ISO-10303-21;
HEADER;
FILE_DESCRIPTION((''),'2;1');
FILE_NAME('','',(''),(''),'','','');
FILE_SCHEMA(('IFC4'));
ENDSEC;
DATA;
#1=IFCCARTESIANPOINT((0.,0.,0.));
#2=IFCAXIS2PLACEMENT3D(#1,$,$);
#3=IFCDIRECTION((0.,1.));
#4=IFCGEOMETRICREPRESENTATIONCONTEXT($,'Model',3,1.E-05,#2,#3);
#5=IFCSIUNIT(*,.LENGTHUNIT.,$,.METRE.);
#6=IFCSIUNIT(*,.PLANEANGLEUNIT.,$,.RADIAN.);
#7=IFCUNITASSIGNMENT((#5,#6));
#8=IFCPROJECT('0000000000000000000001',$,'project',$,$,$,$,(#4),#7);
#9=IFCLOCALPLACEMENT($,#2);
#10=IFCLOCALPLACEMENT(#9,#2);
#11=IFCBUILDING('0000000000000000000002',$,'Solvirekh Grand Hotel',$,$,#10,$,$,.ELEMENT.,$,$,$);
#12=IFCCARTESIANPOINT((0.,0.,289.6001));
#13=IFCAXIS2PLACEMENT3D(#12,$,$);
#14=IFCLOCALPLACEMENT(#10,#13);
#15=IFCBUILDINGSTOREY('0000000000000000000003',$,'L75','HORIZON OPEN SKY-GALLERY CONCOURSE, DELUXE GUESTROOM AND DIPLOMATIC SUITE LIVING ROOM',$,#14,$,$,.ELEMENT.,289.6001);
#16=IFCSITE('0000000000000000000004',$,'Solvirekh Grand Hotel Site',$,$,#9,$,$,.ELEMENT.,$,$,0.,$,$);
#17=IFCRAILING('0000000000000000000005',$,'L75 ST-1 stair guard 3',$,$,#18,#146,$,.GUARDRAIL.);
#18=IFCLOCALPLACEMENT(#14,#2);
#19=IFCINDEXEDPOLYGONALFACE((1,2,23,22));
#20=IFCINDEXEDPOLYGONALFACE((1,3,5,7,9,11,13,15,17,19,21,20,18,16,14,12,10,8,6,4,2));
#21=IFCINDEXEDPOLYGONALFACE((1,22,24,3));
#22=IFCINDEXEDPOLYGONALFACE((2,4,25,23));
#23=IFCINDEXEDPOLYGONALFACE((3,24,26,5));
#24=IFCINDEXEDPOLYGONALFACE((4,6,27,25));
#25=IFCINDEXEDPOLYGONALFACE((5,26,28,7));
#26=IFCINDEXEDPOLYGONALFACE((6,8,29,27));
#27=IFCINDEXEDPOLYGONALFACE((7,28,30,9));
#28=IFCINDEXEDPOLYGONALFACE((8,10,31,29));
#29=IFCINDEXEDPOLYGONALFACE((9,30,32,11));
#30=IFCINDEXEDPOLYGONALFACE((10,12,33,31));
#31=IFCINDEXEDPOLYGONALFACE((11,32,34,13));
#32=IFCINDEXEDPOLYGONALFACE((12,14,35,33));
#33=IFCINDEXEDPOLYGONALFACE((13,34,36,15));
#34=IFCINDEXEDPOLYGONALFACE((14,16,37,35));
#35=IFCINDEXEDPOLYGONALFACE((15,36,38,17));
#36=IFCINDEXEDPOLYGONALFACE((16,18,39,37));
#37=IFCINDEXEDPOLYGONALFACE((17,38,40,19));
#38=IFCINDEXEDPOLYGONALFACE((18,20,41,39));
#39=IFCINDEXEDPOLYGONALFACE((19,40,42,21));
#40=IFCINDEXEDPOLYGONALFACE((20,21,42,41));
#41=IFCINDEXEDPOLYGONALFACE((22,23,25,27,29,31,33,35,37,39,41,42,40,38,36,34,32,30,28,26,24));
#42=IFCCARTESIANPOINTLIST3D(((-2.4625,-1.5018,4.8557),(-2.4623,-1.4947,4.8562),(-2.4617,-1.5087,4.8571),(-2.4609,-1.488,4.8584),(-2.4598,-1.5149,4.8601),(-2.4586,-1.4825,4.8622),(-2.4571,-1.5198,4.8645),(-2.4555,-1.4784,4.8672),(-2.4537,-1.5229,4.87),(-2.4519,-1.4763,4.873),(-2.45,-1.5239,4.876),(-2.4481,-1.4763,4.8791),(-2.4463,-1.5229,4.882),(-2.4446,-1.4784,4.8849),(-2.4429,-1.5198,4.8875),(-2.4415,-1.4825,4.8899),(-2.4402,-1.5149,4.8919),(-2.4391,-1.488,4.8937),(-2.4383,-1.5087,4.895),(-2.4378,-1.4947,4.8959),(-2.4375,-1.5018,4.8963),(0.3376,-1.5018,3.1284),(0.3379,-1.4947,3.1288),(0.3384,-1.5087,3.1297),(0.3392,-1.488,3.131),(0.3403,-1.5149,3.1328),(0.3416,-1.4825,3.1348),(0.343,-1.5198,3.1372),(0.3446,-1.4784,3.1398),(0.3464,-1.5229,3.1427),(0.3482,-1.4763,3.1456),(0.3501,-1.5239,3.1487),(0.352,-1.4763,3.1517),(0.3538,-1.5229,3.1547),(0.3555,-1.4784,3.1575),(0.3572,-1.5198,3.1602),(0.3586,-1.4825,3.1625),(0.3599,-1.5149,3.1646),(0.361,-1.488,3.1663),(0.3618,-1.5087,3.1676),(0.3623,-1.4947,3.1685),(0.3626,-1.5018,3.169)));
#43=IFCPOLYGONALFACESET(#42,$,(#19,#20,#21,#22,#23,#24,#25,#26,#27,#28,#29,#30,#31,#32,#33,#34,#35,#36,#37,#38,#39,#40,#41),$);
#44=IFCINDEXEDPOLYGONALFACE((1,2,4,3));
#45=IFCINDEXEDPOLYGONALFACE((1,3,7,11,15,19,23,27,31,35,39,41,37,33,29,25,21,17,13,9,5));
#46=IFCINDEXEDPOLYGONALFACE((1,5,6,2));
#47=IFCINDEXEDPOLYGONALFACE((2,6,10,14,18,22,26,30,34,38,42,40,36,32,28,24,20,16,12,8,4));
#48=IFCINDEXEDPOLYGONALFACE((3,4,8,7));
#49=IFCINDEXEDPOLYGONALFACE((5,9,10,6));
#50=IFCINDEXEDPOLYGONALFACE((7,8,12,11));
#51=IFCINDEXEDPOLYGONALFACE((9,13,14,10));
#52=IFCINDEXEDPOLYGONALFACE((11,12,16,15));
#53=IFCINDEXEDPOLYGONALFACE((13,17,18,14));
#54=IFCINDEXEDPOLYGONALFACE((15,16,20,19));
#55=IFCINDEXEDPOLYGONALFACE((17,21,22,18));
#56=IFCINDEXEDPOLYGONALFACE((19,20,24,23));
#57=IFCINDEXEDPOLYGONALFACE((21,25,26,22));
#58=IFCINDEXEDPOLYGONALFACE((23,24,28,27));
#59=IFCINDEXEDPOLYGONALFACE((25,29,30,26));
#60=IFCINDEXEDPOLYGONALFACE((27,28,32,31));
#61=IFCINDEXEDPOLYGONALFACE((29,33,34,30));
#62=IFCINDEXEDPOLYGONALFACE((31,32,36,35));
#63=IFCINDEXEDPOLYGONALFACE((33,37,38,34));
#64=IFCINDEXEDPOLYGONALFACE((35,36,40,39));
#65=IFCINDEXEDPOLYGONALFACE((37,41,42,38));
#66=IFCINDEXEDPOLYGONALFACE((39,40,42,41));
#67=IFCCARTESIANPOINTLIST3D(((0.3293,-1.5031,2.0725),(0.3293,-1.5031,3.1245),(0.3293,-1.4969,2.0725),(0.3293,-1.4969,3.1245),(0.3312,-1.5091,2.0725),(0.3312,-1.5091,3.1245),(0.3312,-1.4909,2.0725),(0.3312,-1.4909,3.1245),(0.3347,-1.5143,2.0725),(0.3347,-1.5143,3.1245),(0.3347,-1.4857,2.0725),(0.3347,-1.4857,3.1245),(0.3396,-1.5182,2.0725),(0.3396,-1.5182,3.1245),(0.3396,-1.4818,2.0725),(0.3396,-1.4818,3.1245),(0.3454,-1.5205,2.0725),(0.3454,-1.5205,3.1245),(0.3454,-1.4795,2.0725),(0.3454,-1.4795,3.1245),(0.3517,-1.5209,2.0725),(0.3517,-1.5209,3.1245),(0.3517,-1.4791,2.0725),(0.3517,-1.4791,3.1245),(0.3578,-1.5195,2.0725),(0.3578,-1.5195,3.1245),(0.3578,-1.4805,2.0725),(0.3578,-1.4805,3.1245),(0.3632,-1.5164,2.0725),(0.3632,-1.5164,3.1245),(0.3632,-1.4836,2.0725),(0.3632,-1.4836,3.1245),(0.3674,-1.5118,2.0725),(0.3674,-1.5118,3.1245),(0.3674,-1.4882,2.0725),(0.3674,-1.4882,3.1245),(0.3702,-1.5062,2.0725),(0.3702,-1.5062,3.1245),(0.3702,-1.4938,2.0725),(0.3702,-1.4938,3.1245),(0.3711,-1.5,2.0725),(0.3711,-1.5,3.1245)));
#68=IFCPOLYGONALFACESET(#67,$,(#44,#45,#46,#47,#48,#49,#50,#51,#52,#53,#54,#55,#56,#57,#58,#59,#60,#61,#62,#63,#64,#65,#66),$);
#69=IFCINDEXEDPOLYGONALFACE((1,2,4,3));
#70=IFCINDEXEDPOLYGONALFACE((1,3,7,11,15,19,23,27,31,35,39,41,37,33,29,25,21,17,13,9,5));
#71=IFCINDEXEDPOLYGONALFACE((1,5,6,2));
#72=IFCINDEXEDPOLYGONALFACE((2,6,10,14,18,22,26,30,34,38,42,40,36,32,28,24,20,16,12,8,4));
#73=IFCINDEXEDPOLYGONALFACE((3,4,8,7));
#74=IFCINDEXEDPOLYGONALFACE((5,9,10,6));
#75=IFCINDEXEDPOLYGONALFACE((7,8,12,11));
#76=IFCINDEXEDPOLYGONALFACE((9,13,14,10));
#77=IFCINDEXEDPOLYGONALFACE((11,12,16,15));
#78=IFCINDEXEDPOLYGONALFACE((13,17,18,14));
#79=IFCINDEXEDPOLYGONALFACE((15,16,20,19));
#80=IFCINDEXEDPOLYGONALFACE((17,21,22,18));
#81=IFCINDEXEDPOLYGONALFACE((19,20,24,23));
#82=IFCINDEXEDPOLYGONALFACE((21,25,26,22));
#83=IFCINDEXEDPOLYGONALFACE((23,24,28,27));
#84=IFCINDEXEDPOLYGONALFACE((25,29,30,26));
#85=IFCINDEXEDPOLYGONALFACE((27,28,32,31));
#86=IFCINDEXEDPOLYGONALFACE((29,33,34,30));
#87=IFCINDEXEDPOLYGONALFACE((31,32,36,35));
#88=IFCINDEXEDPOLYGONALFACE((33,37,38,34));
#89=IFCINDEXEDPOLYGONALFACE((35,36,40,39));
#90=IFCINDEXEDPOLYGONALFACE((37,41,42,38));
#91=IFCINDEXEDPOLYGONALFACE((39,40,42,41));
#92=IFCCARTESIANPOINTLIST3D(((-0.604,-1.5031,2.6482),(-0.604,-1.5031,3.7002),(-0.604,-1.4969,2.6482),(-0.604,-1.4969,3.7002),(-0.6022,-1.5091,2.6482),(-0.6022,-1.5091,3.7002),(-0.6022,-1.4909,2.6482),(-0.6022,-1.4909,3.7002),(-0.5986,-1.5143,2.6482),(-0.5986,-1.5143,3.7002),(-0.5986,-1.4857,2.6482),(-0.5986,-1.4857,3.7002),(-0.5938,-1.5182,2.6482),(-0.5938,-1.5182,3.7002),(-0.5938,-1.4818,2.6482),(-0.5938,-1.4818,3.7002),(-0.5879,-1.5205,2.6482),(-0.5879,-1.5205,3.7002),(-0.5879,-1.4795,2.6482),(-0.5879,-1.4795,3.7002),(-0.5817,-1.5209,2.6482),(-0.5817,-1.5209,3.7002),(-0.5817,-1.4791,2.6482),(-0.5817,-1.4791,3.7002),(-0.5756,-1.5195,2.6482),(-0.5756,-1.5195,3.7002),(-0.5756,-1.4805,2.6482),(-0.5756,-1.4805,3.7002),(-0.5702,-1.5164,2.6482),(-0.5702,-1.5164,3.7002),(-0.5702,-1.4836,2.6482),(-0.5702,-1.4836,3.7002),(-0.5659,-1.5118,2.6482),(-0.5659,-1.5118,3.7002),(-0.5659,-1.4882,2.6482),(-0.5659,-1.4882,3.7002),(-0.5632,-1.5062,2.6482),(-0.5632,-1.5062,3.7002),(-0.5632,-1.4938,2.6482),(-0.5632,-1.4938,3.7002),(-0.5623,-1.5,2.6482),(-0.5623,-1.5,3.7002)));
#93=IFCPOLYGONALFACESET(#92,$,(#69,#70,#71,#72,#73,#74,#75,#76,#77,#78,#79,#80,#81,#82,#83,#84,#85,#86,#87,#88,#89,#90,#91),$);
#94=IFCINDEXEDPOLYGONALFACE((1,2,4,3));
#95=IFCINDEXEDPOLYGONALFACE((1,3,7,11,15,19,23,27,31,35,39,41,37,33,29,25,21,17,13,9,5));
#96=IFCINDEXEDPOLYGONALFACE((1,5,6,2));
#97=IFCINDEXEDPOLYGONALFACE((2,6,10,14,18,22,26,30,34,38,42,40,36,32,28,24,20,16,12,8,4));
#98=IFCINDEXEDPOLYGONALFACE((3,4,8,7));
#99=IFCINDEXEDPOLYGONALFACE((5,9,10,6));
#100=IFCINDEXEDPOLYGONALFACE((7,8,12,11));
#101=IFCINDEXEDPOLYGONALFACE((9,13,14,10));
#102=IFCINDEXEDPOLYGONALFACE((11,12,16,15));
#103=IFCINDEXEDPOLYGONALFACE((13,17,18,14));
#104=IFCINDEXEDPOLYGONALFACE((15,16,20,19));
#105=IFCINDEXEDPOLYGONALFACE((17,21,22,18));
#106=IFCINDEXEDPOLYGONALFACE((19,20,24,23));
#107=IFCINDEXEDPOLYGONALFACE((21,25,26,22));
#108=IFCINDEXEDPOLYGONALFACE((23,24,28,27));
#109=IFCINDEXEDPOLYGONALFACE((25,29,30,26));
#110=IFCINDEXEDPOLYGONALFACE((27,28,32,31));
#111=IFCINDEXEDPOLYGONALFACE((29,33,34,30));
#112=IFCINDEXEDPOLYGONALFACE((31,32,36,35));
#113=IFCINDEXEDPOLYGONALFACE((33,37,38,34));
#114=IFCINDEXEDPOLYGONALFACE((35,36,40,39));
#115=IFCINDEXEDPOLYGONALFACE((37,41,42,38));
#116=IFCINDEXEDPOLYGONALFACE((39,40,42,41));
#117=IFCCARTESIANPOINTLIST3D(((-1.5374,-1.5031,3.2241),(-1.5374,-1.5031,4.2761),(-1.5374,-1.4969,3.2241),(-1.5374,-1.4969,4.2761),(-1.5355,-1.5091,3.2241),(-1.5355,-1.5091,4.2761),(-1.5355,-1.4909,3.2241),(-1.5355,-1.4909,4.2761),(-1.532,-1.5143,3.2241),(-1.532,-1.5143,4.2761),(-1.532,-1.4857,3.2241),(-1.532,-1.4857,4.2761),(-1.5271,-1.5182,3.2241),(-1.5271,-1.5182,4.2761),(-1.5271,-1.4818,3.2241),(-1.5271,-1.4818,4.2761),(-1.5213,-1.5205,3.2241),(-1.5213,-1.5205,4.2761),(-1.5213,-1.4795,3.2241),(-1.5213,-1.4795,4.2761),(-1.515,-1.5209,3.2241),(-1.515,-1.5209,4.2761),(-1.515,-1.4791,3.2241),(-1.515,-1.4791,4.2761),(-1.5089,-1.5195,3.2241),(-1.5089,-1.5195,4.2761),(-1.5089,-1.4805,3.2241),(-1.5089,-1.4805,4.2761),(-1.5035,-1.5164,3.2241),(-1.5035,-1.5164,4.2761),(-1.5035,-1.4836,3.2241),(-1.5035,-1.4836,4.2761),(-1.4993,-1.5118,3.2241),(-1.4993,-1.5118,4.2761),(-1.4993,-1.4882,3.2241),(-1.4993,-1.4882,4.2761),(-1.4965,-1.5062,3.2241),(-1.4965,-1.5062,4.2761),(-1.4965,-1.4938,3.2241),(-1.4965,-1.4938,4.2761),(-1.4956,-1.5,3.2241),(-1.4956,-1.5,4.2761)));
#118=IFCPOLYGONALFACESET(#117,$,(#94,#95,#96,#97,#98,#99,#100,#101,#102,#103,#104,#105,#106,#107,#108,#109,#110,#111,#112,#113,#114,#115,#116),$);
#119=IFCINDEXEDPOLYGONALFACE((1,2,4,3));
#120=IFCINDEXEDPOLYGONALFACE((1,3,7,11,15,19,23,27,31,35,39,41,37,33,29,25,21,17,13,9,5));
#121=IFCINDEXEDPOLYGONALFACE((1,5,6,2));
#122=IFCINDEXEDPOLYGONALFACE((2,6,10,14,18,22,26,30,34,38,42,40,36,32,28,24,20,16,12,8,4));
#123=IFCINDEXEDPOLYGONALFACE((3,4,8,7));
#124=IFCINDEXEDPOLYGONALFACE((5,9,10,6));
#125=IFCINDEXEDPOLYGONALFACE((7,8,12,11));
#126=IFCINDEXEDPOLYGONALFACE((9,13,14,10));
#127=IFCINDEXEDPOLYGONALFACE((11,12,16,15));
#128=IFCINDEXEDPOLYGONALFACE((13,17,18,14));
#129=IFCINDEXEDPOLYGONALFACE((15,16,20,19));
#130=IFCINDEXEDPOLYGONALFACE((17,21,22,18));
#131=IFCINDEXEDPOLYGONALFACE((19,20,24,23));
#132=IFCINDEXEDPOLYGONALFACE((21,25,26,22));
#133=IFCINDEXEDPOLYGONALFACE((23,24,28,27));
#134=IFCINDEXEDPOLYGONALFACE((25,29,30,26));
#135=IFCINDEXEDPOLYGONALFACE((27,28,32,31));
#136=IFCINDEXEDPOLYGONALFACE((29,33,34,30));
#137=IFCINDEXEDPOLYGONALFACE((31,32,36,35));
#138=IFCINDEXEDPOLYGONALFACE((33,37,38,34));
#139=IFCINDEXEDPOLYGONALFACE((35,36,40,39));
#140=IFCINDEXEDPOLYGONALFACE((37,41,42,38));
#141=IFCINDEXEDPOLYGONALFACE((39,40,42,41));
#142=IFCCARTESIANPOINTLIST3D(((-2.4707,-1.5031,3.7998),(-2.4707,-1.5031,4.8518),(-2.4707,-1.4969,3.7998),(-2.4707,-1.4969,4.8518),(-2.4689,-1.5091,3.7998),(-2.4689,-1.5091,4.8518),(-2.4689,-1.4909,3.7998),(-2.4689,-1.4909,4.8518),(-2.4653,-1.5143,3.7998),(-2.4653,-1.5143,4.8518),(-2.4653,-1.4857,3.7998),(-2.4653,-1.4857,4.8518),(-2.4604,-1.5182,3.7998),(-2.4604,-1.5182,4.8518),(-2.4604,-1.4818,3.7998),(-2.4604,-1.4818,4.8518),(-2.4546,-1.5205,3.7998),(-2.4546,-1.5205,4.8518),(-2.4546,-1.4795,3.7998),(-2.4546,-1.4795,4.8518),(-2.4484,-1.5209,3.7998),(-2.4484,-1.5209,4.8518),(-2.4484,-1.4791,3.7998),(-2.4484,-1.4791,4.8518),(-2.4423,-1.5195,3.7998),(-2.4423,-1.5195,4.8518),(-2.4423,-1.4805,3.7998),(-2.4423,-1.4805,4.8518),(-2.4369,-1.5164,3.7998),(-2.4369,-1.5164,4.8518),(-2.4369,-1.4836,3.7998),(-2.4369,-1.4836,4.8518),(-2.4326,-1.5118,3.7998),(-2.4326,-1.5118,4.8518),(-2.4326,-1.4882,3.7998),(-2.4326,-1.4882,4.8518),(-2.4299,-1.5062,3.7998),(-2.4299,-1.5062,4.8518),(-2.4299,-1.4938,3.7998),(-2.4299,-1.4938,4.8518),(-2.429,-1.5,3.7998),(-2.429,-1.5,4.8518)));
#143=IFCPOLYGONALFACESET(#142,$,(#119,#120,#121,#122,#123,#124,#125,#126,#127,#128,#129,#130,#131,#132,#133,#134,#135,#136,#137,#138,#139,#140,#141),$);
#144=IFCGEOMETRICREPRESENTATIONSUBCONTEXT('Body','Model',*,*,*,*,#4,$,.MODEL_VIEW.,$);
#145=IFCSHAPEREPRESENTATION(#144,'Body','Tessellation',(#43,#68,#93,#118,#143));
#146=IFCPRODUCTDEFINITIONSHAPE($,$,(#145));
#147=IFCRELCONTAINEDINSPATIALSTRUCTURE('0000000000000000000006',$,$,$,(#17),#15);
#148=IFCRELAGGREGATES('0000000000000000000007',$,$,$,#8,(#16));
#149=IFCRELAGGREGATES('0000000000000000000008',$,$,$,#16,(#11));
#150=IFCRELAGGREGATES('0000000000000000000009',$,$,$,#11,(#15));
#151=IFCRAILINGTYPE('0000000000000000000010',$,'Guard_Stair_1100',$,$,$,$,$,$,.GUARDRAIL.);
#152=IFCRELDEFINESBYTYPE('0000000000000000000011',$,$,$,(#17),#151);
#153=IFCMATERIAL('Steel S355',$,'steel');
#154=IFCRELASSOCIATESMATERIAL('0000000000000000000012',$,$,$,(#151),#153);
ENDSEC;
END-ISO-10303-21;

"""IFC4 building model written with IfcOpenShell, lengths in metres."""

from ifc_helpers import new_model, si_unit, direction, frame, origin, origin_2d, place, context, subcontext, project, spatial, circle, extrude, material, type_object, element, save


model = new_model("IFC4")

# Units and contexts
model_context = context("Model", 3, precision=1e-05, world=origin(), true_north=direction((0.0, 1.0)))
body_context = subcontext(model_context, "Body", "Model", "MODEL_VIEW")
ifc_project = project(units=[si_unit("LENGTHUNIT", "METRE"), si_unit("PLANEANGLEUNIT", "RADIAN")], contexts=[model_context])

# Site, building, storey
site_placement = place(None, origin())
site = spatial("IfcSite", under=ifc_project, at=site_placement, Name="Solvirekh Grand Hotel Site", CompositionType="ELEMENT", RefElevation=0.0)
building_placement = place(site_placement, origin())
building = spatial("IfcBuilding", under=site, at=building_placement, Name="Solvirekh Grand Hotel", CompositionType="ELEMENT")
storey_placement = place(building_placement, frame((0.0, 0.0, 289.6001)))
storey = spatial("IfcBuildingStorey", under=building, at=storey_placement, Name="L75", Description="HORIZON OPEN SKY-GALLERY CONCOURSE, DELUXE GUESTROOM AND DIPLOMATIC SUITE LIVING ROOM", CompositionType="ELEMENT", Elevation=289.6001)

# Railing
ifc_material_1 = material(Name="Steel S355", Category="steel")
railing_type_1 = type_object("IfcRailingType", Name="Guard_Stair_1100", PredefinedType="GUARDRAIL", material=ifc_material_1)
railing_1_placement = place(storey_placement, frame((0.3501, -1.5, 2.0725)))
element("IfcRailing", 1, at=railing_1_placement, inside=storey, type_object=railing_type_1, Name="L75 ST-1 stair guard 3", PredefinedType="GUARDRAIL", context=body_context, shape_type="SweptSolid", body=[
    extrude(circle(Radius=0.0239, at=origin_2d()), frame((0.0, 0.0, 1.0762), z_axis=(-0.85109, 0.0, 0.52502), x_axis=(0.0, -1.0, 0.0)), (0.0, 0.0, 1.0), 3.29),
    extrude(circle(Radius=0.021, at=origin_2d()), origin(), (0.0, 0.0, 1.0), 1.052),
    extrude(circle(Radius=0.021, at=origin_2d()), frame((-0.9333, 0.0, 0.5757)), (0.0, 0.0, 1.0), 1.052),
    extrude(circle(Radius=0.021, at=origin_2d()), frame((-1.8667, 0.0, 1.1516)), (0.0, 0.0, 1.0), 1.052),
    extrude(circle(Radius=0.021, at=origin_2d()), frame((-2.8, 0.0, 1.7273)), (0.0, 0.0, 1.0), 1.052),
])

save(model, "model.ifc")
